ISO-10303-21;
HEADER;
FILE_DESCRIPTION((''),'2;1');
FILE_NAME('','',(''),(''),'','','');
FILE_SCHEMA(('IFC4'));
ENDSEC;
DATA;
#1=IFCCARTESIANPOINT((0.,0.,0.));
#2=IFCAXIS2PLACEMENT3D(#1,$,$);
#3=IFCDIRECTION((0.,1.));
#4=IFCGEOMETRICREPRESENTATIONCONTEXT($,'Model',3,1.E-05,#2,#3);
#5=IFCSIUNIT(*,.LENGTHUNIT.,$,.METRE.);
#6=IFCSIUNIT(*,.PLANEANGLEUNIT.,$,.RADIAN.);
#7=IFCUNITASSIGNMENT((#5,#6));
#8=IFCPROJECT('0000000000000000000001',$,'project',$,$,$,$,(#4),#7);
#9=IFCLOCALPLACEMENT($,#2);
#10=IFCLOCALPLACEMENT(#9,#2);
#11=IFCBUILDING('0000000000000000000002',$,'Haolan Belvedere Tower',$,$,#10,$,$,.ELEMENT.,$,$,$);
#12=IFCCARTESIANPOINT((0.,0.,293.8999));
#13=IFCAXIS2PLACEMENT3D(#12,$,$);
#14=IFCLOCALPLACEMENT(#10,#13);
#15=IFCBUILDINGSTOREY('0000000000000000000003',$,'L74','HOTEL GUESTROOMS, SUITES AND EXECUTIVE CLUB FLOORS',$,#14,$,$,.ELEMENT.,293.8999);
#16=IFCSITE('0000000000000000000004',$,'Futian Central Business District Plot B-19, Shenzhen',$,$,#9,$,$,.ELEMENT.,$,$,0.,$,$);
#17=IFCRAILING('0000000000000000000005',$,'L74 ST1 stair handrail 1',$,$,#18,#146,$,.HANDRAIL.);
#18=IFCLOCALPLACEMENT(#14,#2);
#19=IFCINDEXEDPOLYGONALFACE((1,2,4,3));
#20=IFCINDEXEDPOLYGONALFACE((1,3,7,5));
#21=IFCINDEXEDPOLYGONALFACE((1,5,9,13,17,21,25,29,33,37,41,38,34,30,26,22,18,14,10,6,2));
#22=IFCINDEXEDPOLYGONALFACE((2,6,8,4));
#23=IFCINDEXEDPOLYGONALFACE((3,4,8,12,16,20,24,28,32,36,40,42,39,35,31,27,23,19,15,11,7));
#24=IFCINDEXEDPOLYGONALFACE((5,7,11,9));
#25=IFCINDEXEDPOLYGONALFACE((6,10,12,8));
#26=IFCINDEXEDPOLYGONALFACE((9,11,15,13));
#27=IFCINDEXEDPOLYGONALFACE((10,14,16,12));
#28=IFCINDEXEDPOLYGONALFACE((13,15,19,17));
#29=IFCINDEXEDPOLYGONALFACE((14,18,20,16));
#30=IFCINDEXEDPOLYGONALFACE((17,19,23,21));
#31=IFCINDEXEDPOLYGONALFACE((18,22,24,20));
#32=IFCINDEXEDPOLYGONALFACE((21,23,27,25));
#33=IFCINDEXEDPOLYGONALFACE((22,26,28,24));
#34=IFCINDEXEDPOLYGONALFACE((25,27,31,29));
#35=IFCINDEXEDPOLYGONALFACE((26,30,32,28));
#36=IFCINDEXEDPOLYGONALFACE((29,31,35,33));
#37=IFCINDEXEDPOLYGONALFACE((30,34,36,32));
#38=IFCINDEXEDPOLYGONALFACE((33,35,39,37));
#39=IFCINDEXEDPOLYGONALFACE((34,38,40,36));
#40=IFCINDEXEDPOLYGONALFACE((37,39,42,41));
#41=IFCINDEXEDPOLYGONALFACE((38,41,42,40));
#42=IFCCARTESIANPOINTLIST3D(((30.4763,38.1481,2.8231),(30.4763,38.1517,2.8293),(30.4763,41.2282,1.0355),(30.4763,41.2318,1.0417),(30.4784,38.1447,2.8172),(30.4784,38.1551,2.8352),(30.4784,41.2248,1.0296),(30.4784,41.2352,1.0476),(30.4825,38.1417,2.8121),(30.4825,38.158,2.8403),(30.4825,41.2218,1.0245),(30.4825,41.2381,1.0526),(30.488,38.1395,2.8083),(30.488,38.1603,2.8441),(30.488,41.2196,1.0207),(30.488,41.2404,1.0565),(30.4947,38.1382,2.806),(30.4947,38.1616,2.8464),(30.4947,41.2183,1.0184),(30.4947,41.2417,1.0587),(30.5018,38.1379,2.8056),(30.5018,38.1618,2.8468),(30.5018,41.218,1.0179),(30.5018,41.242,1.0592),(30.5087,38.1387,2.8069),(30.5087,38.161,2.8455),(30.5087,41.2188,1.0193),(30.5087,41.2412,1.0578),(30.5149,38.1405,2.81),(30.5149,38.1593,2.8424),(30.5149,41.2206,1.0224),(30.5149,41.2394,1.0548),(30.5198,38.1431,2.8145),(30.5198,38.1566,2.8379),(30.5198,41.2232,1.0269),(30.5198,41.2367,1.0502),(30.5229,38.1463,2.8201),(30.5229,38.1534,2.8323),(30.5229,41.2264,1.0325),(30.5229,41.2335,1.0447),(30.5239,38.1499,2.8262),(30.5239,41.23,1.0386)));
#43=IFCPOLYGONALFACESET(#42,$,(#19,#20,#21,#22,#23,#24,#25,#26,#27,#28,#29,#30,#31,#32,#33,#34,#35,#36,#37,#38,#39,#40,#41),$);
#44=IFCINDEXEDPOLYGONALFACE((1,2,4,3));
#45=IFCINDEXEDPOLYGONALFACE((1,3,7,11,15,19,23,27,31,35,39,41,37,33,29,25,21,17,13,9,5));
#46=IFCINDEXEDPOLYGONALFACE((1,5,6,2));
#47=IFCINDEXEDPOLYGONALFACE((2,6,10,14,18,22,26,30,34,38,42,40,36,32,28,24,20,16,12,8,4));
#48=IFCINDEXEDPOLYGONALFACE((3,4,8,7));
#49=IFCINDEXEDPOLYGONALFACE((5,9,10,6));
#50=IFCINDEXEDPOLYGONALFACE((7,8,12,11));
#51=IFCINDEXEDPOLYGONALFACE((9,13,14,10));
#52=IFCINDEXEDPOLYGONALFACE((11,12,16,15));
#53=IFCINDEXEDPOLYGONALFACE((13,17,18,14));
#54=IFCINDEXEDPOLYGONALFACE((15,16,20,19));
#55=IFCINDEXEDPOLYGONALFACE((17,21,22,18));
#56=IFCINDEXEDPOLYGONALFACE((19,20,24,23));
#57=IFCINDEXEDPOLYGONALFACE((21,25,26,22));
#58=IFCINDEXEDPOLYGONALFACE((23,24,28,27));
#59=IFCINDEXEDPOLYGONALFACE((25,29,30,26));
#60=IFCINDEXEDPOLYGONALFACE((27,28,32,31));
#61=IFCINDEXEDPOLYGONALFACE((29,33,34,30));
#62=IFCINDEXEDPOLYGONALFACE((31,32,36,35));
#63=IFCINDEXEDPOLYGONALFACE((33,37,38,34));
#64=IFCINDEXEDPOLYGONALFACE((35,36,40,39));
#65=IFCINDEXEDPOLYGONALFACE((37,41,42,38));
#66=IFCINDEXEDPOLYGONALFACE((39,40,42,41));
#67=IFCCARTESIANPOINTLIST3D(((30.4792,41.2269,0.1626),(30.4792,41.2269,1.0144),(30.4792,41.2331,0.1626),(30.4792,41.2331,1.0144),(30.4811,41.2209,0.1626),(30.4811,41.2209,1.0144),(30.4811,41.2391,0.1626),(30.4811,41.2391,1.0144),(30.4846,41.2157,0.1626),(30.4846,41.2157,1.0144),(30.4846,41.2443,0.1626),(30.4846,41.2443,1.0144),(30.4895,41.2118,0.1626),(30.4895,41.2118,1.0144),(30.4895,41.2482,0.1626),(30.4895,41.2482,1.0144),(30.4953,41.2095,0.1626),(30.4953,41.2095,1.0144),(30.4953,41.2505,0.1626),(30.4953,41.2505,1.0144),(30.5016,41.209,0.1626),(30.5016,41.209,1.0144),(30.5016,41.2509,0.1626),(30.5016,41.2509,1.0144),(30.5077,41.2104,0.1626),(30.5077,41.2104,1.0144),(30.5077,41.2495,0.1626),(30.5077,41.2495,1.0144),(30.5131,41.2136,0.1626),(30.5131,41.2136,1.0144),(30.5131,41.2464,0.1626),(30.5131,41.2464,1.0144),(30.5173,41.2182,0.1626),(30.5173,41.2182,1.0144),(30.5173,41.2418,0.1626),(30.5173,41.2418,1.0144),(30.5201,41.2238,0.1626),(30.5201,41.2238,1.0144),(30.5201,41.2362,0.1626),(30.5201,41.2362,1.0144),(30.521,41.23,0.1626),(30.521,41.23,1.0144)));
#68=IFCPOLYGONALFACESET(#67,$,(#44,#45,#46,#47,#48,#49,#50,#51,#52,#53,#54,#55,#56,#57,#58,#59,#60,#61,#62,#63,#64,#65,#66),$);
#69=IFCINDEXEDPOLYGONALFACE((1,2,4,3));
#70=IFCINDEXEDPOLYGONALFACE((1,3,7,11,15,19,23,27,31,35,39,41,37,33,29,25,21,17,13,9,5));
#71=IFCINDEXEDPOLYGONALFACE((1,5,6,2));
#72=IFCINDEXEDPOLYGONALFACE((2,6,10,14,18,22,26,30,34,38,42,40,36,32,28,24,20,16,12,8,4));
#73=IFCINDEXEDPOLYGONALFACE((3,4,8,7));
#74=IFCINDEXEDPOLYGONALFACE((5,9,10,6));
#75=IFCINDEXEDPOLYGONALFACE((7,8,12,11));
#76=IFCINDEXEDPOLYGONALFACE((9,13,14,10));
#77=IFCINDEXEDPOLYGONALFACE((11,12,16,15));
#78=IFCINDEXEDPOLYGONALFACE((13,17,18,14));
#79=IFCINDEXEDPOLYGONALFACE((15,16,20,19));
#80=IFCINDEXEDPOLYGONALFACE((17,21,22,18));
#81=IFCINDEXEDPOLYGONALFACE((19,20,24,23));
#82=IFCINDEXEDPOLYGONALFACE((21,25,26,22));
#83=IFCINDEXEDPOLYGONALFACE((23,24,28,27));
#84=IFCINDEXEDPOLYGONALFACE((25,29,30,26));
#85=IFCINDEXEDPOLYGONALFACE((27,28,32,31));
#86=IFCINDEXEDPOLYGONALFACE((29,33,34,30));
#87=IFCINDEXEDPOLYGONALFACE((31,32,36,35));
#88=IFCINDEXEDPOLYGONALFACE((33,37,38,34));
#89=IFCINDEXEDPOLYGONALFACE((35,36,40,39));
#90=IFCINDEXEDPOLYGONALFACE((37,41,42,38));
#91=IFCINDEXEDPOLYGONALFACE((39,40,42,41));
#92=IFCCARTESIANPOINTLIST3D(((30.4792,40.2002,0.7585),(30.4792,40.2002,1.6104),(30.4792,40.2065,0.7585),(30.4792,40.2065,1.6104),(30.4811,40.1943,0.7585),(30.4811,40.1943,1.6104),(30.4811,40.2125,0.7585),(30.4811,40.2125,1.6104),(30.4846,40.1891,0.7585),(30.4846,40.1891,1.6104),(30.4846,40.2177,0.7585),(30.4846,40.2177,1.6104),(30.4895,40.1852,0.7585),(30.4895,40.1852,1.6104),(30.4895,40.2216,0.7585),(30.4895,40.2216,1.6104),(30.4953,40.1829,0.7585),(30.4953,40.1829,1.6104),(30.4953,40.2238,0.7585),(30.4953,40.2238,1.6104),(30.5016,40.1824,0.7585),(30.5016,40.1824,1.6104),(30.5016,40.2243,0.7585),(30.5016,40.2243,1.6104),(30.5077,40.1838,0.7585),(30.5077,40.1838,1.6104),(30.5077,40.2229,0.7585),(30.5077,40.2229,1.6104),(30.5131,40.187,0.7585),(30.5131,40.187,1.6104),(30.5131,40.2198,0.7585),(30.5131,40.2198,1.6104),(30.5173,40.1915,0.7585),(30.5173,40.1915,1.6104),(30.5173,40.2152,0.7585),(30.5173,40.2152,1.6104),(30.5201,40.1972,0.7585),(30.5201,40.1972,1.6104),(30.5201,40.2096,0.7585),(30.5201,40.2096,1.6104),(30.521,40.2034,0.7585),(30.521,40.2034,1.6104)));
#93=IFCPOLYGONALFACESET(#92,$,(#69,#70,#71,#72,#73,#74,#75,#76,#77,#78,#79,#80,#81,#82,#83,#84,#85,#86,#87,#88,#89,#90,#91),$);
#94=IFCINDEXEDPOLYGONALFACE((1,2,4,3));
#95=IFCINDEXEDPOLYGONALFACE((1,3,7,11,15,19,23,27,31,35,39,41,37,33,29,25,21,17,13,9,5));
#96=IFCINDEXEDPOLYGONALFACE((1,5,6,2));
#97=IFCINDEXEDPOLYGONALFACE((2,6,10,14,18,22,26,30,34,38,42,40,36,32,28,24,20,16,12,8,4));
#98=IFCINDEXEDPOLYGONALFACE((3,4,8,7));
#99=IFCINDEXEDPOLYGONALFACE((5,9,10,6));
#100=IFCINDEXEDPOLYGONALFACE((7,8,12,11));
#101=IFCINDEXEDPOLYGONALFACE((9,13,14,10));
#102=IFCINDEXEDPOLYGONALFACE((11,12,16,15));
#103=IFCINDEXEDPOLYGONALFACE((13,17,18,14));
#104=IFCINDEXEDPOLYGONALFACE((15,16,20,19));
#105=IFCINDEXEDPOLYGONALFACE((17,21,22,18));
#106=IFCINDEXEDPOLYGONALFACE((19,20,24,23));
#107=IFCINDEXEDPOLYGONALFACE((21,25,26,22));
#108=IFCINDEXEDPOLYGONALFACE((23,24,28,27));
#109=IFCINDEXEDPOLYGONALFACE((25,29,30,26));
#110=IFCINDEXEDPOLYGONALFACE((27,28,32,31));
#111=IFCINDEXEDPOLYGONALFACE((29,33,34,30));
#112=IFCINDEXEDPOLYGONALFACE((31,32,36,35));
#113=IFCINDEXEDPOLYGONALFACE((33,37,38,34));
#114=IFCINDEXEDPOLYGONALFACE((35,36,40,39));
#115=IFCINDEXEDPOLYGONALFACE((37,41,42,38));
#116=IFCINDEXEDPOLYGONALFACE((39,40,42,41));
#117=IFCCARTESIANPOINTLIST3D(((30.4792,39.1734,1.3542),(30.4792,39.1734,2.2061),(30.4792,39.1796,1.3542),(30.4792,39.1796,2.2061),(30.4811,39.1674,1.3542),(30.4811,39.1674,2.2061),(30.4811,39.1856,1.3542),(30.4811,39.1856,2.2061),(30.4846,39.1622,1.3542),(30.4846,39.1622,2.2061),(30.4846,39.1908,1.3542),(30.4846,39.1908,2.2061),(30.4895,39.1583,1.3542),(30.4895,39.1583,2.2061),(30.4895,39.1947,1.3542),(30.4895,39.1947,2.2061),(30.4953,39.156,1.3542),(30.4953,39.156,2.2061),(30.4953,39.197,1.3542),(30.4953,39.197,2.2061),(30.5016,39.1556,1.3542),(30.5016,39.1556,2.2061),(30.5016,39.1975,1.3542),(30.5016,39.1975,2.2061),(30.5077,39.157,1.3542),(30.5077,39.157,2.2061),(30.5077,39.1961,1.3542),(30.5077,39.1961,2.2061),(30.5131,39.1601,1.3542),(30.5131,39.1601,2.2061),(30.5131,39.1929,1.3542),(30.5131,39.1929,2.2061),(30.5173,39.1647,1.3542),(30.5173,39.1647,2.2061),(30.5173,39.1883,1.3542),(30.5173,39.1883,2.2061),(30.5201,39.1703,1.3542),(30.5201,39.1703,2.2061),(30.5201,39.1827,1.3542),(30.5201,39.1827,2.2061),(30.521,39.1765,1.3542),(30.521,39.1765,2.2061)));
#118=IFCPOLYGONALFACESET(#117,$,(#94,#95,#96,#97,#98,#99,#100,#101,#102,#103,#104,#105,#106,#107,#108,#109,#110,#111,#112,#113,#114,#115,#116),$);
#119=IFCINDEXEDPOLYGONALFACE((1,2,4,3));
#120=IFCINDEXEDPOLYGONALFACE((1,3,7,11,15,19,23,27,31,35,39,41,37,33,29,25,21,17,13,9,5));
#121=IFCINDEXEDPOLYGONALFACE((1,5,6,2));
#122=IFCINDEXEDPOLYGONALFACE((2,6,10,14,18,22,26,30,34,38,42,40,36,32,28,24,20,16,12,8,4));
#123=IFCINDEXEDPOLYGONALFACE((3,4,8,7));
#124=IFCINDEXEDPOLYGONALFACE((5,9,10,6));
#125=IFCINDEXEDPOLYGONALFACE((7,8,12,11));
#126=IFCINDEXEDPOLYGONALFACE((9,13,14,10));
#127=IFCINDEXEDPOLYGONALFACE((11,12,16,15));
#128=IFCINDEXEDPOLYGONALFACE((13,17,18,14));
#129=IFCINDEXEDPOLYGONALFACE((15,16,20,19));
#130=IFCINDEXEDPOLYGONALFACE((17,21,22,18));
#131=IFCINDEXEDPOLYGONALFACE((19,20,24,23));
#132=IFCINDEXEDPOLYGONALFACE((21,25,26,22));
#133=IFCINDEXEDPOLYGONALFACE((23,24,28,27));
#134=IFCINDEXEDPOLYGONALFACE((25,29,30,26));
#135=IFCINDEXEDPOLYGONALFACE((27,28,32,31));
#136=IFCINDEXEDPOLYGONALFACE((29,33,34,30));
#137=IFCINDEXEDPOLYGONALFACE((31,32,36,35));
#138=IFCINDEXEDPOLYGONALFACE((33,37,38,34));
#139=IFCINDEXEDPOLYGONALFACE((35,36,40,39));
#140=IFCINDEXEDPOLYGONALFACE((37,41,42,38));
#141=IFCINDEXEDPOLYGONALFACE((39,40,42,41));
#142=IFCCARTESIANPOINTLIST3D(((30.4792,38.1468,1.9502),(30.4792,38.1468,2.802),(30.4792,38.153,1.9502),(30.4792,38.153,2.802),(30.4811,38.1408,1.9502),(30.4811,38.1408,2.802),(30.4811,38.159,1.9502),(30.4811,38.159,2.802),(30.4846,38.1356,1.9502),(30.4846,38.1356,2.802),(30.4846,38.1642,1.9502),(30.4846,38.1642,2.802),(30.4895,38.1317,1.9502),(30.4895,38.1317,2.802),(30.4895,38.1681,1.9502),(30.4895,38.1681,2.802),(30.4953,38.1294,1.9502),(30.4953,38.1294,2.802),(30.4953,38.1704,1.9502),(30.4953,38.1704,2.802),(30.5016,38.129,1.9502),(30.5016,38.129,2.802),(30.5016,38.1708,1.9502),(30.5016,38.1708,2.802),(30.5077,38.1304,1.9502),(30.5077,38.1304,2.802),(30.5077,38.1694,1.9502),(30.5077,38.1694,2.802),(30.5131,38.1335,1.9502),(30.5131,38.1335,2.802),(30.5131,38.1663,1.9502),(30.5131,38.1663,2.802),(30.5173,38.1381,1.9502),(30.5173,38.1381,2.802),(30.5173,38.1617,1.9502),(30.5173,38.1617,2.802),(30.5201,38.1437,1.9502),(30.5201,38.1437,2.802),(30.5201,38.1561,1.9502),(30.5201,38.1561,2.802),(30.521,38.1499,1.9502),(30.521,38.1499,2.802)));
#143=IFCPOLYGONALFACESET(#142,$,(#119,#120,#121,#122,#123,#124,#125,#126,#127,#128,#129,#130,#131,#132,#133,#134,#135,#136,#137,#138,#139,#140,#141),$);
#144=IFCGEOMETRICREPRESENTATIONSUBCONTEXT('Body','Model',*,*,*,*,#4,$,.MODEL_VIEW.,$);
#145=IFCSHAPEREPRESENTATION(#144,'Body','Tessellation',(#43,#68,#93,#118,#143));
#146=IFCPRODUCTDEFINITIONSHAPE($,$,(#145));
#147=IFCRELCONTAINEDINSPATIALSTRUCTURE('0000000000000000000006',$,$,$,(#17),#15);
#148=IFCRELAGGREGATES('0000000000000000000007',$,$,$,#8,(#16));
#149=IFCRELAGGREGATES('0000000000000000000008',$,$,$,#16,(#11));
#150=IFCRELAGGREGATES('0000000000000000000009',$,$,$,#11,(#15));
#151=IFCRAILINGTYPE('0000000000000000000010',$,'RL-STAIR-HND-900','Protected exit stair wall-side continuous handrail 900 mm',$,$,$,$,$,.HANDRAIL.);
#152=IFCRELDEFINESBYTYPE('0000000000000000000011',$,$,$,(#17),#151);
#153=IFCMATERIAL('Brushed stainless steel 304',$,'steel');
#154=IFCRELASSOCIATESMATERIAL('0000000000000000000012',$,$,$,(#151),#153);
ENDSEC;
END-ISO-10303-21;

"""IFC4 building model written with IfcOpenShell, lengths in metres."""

from ifc_helpers import new_model, si_unit, direction, frame, origin, origin_2d, place, context, subcontext, project, spatial, circle, extrude, material, type_object, element, save


model = new_model("IFC4")

# Units and contexts
model_context = context("Model", 3, precision=1e-05, world=origin(), true_north=direction((0.0, 1.0)))
body_context = subcontext(model_context, "Body", "Model", "MODEL_VIEW")
ifc_project = project(units=[si_unit("LENGTHUNIT", "METRE"), si_unit("PLANEANGLEUNIT", "RADIAN")], contexts=[model_context])

# Site, building, storey
site_placement = place(None, origin())
site = spatial("IfcSite", under=ifc_project, at=site_placement, Name="Futian Central Business District Plot B-19, Shenzhen", CompositionType="ELEMENT", RefElevation=0.0)
building_placement = place(site_placement, origin())
building = spatial("IfcBuilding", under=site, at=building_placement, Name="Haolan Belvedere Tower", CompositionType="ELEMENT")
storey_placement = place(building_placement, frame((0.0, 0.0, 293.8999)))
storey = spatial("IfcBuildingStorey", under=building, at=storey_placement, Name="L74", Description="HOTEL GUESTROOMS, SUITES AND EXECUTIVE CLUB FLOORS", CompositionType="ELEMENT", Elevation=293.8999)

# Railing
ifc_material_1 = material(Name="Brushed stainless steel 304", Category="steel")
railing_type_1 = type_object("IfcRailingType", Name="RL-STAIR-HND-900", Description="Protected exit stair wall-side continuous handrail 900 mm", PredefinedType="HANDRAIL", material=ifc_material_1)
railing_1_placement = place(storey_placement, frame((30.5, 41.23, 0.1626)))
element("IfcRailing", 1, at=railing_1_placement, inside=storey, type_object=railing_type_1, Name="L74 ST1 stair handrail 1", PredefinedType="HANDRAIL", context=body_context, shape_type="SweptSolid", body=[
    extrude(circle(Radius=0.0239, at=origin_2d()), frame((0.0, 0.0, 0.876), z_axis=(0.0, -0.864891, 0.50196), x_axis=(1.0, 0.0, 0.0)), (0.0, 0.0, 1.0), 3.5613),
    extrude(circle(Radius=0.021, at=origin_2d()), origin(), (0.0, 0.0, 1.0), 0.8518),
    extrude(circle(Radius=0.021, at=origin_2d()), frame((0.0, -1.0266, 0.5959)), (0.0, 0.0, 1.0), 0.8518),
    extrude(circle(Radius=0.021, at=origin_2d()), frame((0.0, -2.0535, 1.1917)), (0.0, 0.0, 1.0), 0.8518),
    extrude(circle(Radius=0.021, at=origin_2d()), frame((0.0, -3.0801, 1.7876)), (0.0, 0.0, 1.0), 0.8518),
])

save(model, "model.ifc")
